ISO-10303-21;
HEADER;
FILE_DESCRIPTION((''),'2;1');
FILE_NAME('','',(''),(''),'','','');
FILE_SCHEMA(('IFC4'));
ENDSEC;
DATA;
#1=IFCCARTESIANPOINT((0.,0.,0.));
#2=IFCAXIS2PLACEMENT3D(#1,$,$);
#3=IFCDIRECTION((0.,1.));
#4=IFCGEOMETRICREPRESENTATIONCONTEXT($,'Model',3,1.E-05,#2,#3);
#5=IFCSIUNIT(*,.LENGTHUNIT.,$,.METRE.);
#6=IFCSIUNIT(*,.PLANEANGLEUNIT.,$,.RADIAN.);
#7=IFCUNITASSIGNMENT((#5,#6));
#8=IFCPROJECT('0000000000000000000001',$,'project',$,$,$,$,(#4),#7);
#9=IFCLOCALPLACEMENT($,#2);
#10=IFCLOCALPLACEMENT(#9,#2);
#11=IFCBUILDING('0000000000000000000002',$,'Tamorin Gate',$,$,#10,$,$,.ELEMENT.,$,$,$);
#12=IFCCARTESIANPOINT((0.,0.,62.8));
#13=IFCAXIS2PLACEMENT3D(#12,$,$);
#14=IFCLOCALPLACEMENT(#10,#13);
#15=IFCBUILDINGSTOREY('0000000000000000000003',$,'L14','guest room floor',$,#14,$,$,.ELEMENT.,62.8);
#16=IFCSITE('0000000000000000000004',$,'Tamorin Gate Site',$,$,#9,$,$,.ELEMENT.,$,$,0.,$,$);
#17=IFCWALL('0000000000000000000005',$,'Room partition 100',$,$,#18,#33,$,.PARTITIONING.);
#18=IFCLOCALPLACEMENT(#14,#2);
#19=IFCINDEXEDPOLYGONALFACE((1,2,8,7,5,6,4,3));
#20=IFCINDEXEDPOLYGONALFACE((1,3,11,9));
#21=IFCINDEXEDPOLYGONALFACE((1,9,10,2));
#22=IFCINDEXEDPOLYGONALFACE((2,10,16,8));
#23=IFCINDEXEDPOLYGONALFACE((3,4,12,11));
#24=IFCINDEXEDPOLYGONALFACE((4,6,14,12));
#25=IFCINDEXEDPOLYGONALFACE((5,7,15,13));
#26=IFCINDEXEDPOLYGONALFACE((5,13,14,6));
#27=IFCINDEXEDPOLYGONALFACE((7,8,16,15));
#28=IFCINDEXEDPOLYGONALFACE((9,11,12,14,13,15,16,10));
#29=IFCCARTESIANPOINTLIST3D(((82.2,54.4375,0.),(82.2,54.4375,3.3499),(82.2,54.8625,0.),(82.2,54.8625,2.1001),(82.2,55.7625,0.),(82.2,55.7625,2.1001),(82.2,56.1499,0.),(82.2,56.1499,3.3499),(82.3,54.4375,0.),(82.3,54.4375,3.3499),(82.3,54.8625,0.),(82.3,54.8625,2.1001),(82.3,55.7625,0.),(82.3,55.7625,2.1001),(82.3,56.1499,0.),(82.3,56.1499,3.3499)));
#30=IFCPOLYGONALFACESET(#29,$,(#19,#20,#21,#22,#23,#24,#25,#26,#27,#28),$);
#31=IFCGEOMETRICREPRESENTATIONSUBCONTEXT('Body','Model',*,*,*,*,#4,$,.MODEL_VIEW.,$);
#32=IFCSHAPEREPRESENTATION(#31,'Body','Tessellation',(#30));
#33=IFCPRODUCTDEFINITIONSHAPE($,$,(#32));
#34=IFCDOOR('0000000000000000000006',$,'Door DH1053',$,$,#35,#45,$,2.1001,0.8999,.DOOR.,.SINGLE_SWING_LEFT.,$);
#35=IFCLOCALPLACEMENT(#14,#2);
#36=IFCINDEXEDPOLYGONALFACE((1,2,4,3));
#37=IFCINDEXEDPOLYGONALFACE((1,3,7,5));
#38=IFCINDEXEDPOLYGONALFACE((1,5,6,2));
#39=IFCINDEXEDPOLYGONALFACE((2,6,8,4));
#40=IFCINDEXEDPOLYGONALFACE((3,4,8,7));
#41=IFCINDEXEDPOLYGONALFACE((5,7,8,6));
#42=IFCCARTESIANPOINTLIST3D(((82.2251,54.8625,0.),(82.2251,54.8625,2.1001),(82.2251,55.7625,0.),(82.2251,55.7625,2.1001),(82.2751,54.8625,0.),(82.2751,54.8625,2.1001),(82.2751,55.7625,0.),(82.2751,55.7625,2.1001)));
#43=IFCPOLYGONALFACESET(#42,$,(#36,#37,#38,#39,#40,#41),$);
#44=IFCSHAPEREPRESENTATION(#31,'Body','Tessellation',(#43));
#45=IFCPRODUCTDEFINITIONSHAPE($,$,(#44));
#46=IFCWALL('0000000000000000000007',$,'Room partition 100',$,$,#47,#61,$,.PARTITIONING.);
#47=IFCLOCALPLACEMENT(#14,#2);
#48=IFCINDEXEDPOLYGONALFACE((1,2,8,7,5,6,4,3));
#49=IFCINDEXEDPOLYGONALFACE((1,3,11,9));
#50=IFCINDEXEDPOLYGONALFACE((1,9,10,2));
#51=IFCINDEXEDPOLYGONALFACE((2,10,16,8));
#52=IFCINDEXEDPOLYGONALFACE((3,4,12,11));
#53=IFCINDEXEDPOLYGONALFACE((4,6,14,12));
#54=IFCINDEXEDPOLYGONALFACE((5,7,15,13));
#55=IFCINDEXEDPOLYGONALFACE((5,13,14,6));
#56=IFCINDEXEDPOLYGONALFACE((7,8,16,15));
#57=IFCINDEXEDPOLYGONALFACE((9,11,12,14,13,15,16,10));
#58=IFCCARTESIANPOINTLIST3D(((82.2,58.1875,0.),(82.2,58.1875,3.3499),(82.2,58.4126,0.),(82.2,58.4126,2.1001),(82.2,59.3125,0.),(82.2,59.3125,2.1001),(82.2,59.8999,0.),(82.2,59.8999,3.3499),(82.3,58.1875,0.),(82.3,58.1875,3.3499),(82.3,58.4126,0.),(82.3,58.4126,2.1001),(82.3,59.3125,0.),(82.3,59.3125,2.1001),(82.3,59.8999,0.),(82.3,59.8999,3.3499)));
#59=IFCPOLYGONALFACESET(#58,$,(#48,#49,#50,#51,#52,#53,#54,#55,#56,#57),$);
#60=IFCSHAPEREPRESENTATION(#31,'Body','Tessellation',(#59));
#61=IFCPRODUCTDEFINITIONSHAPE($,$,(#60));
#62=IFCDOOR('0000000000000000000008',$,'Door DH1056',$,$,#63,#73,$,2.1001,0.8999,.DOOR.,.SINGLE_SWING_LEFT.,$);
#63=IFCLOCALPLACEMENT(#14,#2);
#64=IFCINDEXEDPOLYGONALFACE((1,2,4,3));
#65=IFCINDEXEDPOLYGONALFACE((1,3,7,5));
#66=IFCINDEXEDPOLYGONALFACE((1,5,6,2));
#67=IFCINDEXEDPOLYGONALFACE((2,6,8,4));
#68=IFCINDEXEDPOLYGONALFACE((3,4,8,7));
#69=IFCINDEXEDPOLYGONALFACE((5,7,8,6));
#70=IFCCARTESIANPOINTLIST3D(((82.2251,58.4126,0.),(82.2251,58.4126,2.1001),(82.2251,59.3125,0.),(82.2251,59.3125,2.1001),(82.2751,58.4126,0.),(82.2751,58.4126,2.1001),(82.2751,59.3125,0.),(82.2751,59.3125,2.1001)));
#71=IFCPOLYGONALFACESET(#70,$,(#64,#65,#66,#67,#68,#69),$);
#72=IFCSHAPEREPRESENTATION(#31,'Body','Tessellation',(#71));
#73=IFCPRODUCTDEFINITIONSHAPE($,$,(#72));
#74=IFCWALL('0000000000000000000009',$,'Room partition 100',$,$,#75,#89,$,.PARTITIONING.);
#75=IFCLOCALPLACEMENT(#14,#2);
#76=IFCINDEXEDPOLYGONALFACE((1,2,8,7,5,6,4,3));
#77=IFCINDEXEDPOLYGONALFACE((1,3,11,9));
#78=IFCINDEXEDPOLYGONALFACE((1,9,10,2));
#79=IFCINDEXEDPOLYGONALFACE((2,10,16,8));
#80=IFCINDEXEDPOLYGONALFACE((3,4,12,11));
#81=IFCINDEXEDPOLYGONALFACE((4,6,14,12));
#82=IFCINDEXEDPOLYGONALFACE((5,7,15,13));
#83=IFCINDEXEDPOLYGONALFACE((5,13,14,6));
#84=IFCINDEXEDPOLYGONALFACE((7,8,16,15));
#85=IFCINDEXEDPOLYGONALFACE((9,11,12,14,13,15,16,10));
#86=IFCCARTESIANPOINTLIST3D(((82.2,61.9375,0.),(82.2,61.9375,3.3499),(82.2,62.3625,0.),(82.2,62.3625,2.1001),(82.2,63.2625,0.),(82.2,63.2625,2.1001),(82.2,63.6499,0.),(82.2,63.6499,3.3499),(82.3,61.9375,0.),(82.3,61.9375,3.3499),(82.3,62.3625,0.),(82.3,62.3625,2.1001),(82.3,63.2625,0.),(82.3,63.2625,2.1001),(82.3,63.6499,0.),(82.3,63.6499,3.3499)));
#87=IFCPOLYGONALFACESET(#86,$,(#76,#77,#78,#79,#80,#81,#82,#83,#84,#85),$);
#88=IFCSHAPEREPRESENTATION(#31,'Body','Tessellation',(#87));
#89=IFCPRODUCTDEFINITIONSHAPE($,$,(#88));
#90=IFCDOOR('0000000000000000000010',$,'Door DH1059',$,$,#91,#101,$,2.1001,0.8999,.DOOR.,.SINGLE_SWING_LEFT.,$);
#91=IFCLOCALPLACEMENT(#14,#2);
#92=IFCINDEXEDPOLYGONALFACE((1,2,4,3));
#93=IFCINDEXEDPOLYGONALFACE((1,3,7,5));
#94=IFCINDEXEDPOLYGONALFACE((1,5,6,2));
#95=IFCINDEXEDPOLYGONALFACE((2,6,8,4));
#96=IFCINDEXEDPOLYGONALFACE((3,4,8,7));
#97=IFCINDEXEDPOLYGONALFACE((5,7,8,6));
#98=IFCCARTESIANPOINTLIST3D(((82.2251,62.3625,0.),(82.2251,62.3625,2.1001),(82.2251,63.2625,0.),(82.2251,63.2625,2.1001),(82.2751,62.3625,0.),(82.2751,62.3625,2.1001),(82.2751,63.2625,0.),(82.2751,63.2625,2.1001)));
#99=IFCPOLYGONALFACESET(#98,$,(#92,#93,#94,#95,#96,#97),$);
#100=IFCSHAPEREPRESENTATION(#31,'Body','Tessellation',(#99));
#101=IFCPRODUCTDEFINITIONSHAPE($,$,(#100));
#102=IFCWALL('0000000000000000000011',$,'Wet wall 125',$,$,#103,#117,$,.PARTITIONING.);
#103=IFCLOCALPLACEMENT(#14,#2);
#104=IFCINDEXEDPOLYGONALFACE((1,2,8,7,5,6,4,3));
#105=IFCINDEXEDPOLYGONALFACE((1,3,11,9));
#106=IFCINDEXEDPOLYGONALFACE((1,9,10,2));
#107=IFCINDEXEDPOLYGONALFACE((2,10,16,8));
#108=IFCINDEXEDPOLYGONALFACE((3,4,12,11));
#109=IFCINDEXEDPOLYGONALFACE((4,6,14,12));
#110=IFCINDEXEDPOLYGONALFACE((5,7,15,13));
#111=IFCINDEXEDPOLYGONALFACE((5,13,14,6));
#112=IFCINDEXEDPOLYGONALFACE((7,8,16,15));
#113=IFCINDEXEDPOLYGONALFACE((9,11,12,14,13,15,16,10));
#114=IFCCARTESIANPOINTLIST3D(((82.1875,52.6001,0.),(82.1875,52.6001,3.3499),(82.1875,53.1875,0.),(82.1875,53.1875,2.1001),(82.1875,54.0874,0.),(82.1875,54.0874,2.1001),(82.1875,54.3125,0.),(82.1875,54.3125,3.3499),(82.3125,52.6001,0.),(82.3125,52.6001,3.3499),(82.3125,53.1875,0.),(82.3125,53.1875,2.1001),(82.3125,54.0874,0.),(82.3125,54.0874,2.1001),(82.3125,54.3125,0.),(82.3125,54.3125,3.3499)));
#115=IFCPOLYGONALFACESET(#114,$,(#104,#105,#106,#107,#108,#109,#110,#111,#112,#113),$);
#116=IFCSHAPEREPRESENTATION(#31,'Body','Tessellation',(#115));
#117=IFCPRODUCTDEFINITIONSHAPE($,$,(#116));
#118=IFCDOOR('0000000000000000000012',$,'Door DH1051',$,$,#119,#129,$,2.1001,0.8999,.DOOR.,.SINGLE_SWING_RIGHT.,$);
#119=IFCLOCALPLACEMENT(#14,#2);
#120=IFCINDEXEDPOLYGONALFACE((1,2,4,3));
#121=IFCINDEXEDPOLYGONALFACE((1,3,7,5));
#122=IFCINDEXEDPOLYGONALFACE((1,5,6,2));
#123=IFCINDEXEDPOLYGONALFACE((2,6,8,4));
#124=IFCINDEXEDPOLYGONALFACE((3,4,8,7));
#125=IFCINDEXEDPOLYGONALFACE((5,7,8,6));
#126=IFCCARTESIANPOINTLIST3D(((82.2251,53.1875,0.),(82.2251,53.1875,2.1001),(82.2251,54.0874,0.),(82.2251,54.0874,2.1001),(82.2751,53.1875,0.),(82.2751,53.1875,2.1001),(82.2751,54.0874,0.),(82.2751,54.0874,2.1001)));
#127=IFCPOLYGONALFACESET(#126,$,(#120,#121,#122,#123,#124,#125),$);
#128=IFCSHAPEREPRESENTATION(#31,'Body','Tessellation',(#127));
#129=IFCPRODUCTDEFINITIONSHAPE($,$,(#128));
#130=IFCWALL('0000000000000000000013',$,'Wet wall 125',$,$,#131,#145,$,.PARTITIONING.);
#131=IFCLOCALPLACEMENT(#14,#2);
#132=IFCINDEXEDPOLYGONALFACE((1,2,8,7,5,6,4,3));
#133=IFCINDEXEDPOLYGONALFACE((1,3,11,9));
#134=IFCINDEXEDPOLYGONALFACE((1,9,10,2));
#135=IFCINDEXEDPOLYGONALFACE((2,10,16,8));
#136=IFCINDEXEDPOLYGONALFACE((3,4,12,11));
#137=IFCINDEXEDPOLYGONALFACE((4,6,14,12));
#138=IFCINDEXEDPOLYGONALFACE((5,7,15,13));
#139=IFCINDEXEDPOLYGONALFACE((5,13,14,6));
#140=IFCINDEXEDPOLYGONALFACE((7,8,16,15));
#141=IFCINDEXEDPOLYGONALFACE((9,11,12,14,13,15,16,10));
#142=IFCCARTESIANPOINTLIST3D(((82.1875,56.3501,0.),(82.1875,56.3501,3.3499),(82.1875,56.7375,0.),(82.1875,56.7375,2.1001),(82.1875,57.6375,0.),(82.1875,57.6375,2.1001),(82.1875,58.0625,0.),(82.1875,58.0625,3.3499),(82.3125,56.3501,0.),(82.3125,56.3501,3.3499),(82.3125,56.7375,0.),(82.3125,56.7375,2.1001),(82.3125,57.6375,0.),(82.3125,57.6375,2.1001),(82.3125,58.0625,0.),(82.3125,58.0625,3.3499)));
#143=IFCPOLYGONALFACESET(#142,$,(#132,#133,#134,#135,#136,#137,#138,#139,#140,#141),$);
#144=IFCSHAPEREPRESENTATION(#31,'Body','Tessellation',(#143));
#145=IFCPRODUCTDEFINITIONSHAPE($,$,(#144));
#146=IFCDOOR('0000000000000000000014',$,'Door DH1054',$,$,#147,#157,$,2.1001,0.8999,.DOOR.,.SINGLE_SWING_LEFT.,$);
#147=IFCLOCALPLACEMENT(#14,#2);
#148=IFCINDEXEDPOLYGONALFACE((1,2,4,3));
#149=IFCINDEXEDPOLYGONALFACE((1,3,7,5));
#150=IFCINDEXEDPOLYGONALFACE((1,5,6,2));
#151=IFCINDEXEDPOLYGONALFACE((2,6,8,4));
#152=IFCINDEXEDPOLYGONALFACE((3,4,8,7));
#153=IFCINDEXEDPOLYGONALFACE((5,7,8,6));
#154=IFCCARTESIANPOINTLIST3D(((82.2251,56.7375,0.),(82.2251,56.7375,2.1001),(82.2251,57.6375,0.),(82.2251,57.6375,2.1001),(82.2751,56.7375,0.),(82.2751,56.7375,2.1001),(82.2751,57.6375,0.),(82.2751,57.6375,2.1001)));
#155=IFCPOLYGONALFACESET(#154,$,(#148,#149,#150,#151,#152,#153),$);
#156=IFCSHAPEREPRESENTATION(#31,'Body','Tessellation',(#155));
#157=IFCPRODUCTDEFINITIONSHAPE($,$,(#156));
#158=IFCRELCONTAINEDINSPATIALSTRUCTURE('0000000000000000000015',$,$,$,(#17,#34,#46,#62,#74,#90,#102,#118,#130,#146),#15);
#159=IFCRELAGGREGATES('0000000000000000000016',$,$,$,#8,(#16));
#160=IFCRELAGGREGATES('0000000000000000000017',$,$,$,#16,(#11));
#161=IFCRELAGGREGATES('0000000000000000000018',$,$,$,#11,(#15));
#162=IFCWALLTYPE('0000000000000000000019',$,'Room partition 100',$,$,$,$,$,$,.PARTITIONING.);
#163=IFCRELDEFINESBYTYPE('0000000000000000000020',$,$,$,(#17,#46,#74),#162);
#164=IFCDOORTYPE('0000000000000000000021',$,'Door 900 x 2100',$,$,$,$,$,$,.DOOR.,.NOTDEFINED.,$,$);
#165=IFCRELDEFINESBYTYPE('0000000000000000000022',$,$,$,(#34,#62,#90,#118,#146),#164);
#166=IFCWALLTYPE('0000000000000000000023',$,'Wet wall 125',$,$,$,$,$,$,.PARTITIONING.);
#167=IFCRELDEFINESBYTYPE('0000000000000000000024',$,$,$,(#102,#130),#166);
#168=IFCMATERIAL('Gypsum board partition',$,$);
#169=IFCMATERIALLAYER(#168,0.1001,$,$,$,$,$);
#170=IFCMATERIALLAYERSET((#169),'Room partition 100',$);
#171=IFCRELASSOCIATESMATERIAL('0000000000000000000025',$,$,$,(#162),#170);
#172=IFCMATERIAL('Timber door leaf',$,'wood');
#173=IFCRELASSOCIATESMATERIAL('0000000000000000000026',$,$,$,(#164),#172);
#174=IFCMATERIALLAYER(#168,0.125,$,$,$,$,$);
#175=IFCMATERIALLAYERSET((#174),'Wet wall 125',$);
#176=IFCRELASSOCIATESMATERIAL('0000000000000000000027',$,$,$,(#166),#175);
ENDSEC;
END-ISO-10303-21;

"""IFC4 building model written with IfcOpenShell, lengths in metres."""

from ifc_helpers import new_model, si_unit, direction, frame, frame_2d, origin, place, context, subcontext, project, spatial, rectangle, extrude, material, layer, layer_set, type_object, element, fill, save


model = new_model("IFC4")

# Units and contexts
model_context = context("Model", 3, precision=1e-05, world=origin(), true_north=direction((0.0, 1.0)))
body_context = subcontext(model_context, "Body", "Model", "MODEL_VIEW")
ifc_project = project(units=[si_unit("LENGTHUNIT", "METRE"), si_unit("PLANEANGLEUNIT", "RADIAN")], contexts=[model_context])

# Site, building, storey
site_placement = place(None, origin())
site = spatial("IfcSite", under=ifc_project, at=site_placement, Name="Tamorin Gate Site", CompositionType="ELEMENT", RefElevation=0.0)
building_placement = place(site_placement, origin())
building = spatial("IfcBuilding", under=site, at=building_placement, Name="Tamorin Gate", CompositionType="ELEMENT")
storey_placement = place(building_placement, frame((0.0, 0.0, 62.8)))
storey = spatial("IfcBuildingStorey", under=building, at=storey_placement, Name="L14", Description="guest room floor", CompositionType="ELEMENT", Elevation=62.8)

# Walls, openings, doors
ifc_material_1 = material(Name="Gypsum board partition")
ifc_layer_1 = layer(ifc_material_1, 0.1001)
ifc_layer_set_1 = layer_set([ifc_layer_1], Name="Room partition 100")
wall_type_1 = type_object("IfcWallType", Name="Room partition 100", PredefinedType="PARTITIONING", material=ifc_layer_set_1)
wall_1_placement = place(storey_placement, frame((82.25, 54.4375, 0.0), z_axis=(0.0, 0.0, 1.0), x_axis=(0.0, 1.0, 0.0)))
wall_1 = element("IfcWall", 1, at=wall_1_placement, inside=storey, type_object=wall_type_1, Name="Room partition 100", PredefinedType="PARTITIONING", context=body_context, shape_type="SweptSolid", body=[
    extrude(rectangle(XDim=1.7124, YDim=0.1001, at=frame_2d((0.8562, 0.0))), origin(), (0.0, 0.0, 1.0), 3.3499),
])
opening_1_placement = place(wall_1_placement, frame((0.425, 0.0, 0.0)))
opening_1 = element("IfcOpeningElement", 2, at=opening_1_placement, cuts=wall_1, PredefinedType="OPENING", context=body_context, shape_type="SweptSolid", body=[
    extrude(rectangle(XDim=0.8999, YDim=2.1001, at=frame_2d((0.45, 1.05))), frame((0.0, 0.0601, 0.0), z_axis=(0.0, -1.0, 0.0), x_axis=(1.0, 0.0, 0.0)), (0.0, 0.0, 1.0), 0.1201),
])
ifc_material_2 = material(Name="Timber door leaf", Category="wood")
door_type = type_object("IfcDoorType", Name="Door 900 x 2100", OperationType="NOTDEFINED", PredefinedType="DOOR", material=ifc_material_2)
door_1_placement = place(opening_1_placement, origin())
door_1 = element("IfcDoor", 3, at=door_1_placement, inside=storey, type_object=door_type, Name="Door DH1053", OperationType="SINGLE_SWING_LEFT", OverallHeight=2.1001, OverallWidth=0.8999, PredefinedType="DOOR", context=body_context, shape_type="SweptSolid", body=[
    extrude(rectangle(XDim=0.8999, YDim=2.1001, at=frame_2d((0.45, 1.05))), frame((0.0, 0.0249, 0.0), z_axis=(0.0, -1.0, 0.0), x_axis=(1.0, 0.0, 0.0)), (0.0, 0.0, 1.0), 0.05),
])
fill(opening_1, door_1)
wall_2_placement = place(storey_placement, frame((82.25, 58.1875, 0.0), z_axis=(0.0, 0.0, 1.0), x_axis=(0.0, 1.0, 0.0)))
wall_2 = element("IfcWall", 4, at=wall_2_placement, inside=storey, type_object=wall_type_1, Name="Room partition 100", PredefinedType="PARTITIONING", context=body_context, shape_type="SweptSolid", body=[
    extrude(rectangle(XDim=1.7124, YDim=0.1001, at=frame_2d((0.8562, 0.0))), origin(), (0.0, 0.0, 1.0), 3.3499),
])
opening_2_placement = place(wall_2_placement, frame((0.2251, 0.0, 0.0)))
opening_2 = element("IfcOpeningElement", 5, at=opening_2_placement, cuts=wall_2, PredefinedType="OPENING", context=body_context, shape_type="SweptSolid", body=[
    extrude(rectangle(XDim=0.8999, YDim=2.1001, at=frame_2d((0.45, 1.05))), frame((0.0, 0.0601, 0.0), z_axis=(0.0, -1.0, 0.0), x_axis=(1.0, 0.0, 0.0)), (0.0, 0.0, 1.0), 0.1201),
])
door_2_placement = place(opening_2_placement, origin())
door_2 = element("IfcDoor", 6, at=door_2_placement, inside=storey, type_object=door_type, Name="Door DH1056", OperationType="SINGLE_SWING_LEFT", OverallHeight=2.1001, OverallWidth=0.8999, PredefinedType="DOOR", context=body_context, shape_type="SweptSolid", body=[
    extrude(rectangle(XDim=0.8999, YDim=2.1001, at=frame_2d((0.45, 1.05))), frame((0.0, 0.0249, 0.0), z_axis=(0.0, -1.0, 0.0), x_axis=(1.0, 0.0, 0.0)), (0.0, 0.0, 1.0), 0.05),
])
fill(opening_2, door_2)
wall_3_placement = place(storey_placement, frame((82.25, 61.9375, 0.0), z_axis=(0.0, 0.0, 1.0), x_axis=(0.0, 1.0, 0.0)))
wall_3 = element("IfcWall", 7, at=wall_3_placement, inside=storey, type_object=wall_type_1, Name="Room partition 100", PredefinedType="PARTITIONING", context=body_context, shape_type="SweptSolid", body=[
    extrude(rectangle(XDim=1.7124, YDim=0.1001, at=frame_2d((0.8562, 0.0))), origin(), (0.0, 0.0, 1.0), 3.3499),
])
opening_3_placement = place(wall_3_placement, frame((0.425, 0.0, 0.0)))
opening_3 = element("IfcOpeningElement", 8, at=opening_3_placement, cuts=wall_3, PredefinedType="OPENING", context=body_context, shape_type="SweptSolid", body=[
    extrude(rectangle(XDim=0.8999, YDim=2.1001, at=frame_2d((0.45, 1.05))), frame((0.0, 0.0601, 0.0), z_axis=(0.0, -1.0, 0.0), x_axis=(1.0, 0.0, 0.0)), (0.0, 0.0, 1.0), 0.1201),
])
door_3_placement = place(opening_3_placement, origin())
door_3 = element("IfcDoor", 9, at=door_3_placement, inside=storey, type_object=door_type, Name="Door DH1059", OperationType="SINGLE_SWING_LEFT", OverallHeight=2.1001, OverallWidth=0.8999, PredefinedType="DOOR", context=body_context, shape_type="SweptSolid", body=[
    extrude(rectangle(XDim=0.8999, YDim=2.1001, at=frame_2d((0.45, 1.05))), frame((0.0, 0.0249, 0.0), z_axis=(0.0, -1.0, 0.0), x_axis=(1.0, 0.0, 0.0)), (0.0, 0.0, 1.0), 0.05),
])
fill(opening_3, door_3)
ifc_layer_2 = layer(ifc_material_1, 0.125)
ifc_layer_set_2 = layer_set([ifc_layer_2], Name="Wet wall 125")
wall_type_2 = type_object("IfcWallType", Name="Wet wall 125", PredefinedType="PARTITIONING", material=ifc_layer_set_2)
wall_4_placement = place(storey_placement, frame((82.25, 52.6001, 0.0), z_axis=(0.0, 0.0, 1.0), x_axis=(0.0, 1.0, 0.0)))
wall_4 = element("IfcWall", 10, at=wall_4_placement, inside=storey, type_object=wall_type_2, Name="Wet wall 125", PredefinedType="PARTITIONING", context=body_context, shape_type="SweptSolid", body=[
    extrude(rectangle(XDim=1.7124, YDim=0.125, at=frame_2d((0.8562, 0.0))), origin(), (0.0, 0.0, 1.0), 3.3499),
])
opening_4_placement = place(wall_4_placement, frame((0.5874, 0.0, 0.0)))
opening_4 = element("IfcOpeningElement", 11, at=opening_4_placement, cuts=wall_4, PredefinedType="OPENING", context=body_context, shape_type="SweptSolid", body=[
    extrude(rectangle(XDim=0.8999, YDim=2.1001, at=frame_2d((0.45, 1.05))), frame((0.0, 0.0725, 0.0), z_axis=(0.0, -1.0, 0.0), x_axis=(1.0, 0.0, 0.0)), (0.0, 0.0, 1.0), 0.145),
])
door_4_placement = place(opening_4_placement, origin())
door_4 = element("IfcDoor", 12, at=door_4_placement, inside=storey, type_object=door_type, Name="Door DH1051", OperationType="SINGLE_SWING_RIGHT", OverallHeight=2.1001, OverallWidth=0.8999, PredefinedType="DOOR", context=body_context, shape_type="SweptSolid", body=[
    extrude(rectangle(XDim=0.8999, YDim=2.1001, at=frame_2d((0.45, 1.05))), frame((0.0, 0.0249, 0.0), z_axis=(0.0, -1.0, 0.0), x_axis=(1.0, 0.0, 0.0)), (0.0, 0.0, 1.0), 0.05),
])
fill(opening_4, door_4)
wall_5_placement = place(storey_placement, frame((82.25, 56.3501, 0.0), z_axis=(0.0, 0.0, 1.0), x_axis=(0.0, 1.0, 0.0)))
wall_5 = element("IfcWall", 13, at=wall_5_placement, inside=storey, type_object=wall_type_2, Name="Wet wall 125", PredefinedType="PARTITIONING", context=body_context, shape_type="SweptSolid", body=[
    extrude(rectangle(XDim=1.7124, YDim=0.125, at=frame_2d((0.8562, 0.0))), origin(), (0.0, 0.0, 1.0), 3.3499),
])
opening_5_placement = place(wall_5_placement, frame((0.3875, 0.0, 0.0)))
opening_5 = element("IfcOpeningElement", 14, at=opening_5_placement, cuts=wall_5, PredefinedType="OPENING", context=body_context, shape_type="SweptSolid", body=[
    extrude(rectangle(XDim=0.8999, YDim=2.1001, at=frame_2d((0.45, 1.05))), frame((0.0, 0.0725, 0.0), z_axis=(0.0, -1.0, 0.0), x_axis=(1.0, 0.0, 0.0)), (0.0, 0.0, 1.0), 0.145),
])
door_5_placement = place(opening_5_placement, origin())
door_5 = element("IfcDoor", 15, at=door_5_placement, inside=storey, type_object=door_type, Name="Door DH1054", OperationType="SINGLE_SWING_LEFT", OverallHeight=2.1001, OverallWidth=0.8999, PredefinedType="DOOR", context=body_context, shape_type="SweptSolid", body=[
    extrude(rectangle(XDim=0.8999, YDim=2.1001, at=frame_2d((0.45, 1.05))), frame((0.0, 0.0249, 0.0), z_axis=(0.0, -1.0, 0.0), x_axis=(1.0, 0.0, 0.0)), (0.0, 0.0, 1.0), 0.05),
])
fill(opening_5, door_5)

save(model, "model.ifc")
